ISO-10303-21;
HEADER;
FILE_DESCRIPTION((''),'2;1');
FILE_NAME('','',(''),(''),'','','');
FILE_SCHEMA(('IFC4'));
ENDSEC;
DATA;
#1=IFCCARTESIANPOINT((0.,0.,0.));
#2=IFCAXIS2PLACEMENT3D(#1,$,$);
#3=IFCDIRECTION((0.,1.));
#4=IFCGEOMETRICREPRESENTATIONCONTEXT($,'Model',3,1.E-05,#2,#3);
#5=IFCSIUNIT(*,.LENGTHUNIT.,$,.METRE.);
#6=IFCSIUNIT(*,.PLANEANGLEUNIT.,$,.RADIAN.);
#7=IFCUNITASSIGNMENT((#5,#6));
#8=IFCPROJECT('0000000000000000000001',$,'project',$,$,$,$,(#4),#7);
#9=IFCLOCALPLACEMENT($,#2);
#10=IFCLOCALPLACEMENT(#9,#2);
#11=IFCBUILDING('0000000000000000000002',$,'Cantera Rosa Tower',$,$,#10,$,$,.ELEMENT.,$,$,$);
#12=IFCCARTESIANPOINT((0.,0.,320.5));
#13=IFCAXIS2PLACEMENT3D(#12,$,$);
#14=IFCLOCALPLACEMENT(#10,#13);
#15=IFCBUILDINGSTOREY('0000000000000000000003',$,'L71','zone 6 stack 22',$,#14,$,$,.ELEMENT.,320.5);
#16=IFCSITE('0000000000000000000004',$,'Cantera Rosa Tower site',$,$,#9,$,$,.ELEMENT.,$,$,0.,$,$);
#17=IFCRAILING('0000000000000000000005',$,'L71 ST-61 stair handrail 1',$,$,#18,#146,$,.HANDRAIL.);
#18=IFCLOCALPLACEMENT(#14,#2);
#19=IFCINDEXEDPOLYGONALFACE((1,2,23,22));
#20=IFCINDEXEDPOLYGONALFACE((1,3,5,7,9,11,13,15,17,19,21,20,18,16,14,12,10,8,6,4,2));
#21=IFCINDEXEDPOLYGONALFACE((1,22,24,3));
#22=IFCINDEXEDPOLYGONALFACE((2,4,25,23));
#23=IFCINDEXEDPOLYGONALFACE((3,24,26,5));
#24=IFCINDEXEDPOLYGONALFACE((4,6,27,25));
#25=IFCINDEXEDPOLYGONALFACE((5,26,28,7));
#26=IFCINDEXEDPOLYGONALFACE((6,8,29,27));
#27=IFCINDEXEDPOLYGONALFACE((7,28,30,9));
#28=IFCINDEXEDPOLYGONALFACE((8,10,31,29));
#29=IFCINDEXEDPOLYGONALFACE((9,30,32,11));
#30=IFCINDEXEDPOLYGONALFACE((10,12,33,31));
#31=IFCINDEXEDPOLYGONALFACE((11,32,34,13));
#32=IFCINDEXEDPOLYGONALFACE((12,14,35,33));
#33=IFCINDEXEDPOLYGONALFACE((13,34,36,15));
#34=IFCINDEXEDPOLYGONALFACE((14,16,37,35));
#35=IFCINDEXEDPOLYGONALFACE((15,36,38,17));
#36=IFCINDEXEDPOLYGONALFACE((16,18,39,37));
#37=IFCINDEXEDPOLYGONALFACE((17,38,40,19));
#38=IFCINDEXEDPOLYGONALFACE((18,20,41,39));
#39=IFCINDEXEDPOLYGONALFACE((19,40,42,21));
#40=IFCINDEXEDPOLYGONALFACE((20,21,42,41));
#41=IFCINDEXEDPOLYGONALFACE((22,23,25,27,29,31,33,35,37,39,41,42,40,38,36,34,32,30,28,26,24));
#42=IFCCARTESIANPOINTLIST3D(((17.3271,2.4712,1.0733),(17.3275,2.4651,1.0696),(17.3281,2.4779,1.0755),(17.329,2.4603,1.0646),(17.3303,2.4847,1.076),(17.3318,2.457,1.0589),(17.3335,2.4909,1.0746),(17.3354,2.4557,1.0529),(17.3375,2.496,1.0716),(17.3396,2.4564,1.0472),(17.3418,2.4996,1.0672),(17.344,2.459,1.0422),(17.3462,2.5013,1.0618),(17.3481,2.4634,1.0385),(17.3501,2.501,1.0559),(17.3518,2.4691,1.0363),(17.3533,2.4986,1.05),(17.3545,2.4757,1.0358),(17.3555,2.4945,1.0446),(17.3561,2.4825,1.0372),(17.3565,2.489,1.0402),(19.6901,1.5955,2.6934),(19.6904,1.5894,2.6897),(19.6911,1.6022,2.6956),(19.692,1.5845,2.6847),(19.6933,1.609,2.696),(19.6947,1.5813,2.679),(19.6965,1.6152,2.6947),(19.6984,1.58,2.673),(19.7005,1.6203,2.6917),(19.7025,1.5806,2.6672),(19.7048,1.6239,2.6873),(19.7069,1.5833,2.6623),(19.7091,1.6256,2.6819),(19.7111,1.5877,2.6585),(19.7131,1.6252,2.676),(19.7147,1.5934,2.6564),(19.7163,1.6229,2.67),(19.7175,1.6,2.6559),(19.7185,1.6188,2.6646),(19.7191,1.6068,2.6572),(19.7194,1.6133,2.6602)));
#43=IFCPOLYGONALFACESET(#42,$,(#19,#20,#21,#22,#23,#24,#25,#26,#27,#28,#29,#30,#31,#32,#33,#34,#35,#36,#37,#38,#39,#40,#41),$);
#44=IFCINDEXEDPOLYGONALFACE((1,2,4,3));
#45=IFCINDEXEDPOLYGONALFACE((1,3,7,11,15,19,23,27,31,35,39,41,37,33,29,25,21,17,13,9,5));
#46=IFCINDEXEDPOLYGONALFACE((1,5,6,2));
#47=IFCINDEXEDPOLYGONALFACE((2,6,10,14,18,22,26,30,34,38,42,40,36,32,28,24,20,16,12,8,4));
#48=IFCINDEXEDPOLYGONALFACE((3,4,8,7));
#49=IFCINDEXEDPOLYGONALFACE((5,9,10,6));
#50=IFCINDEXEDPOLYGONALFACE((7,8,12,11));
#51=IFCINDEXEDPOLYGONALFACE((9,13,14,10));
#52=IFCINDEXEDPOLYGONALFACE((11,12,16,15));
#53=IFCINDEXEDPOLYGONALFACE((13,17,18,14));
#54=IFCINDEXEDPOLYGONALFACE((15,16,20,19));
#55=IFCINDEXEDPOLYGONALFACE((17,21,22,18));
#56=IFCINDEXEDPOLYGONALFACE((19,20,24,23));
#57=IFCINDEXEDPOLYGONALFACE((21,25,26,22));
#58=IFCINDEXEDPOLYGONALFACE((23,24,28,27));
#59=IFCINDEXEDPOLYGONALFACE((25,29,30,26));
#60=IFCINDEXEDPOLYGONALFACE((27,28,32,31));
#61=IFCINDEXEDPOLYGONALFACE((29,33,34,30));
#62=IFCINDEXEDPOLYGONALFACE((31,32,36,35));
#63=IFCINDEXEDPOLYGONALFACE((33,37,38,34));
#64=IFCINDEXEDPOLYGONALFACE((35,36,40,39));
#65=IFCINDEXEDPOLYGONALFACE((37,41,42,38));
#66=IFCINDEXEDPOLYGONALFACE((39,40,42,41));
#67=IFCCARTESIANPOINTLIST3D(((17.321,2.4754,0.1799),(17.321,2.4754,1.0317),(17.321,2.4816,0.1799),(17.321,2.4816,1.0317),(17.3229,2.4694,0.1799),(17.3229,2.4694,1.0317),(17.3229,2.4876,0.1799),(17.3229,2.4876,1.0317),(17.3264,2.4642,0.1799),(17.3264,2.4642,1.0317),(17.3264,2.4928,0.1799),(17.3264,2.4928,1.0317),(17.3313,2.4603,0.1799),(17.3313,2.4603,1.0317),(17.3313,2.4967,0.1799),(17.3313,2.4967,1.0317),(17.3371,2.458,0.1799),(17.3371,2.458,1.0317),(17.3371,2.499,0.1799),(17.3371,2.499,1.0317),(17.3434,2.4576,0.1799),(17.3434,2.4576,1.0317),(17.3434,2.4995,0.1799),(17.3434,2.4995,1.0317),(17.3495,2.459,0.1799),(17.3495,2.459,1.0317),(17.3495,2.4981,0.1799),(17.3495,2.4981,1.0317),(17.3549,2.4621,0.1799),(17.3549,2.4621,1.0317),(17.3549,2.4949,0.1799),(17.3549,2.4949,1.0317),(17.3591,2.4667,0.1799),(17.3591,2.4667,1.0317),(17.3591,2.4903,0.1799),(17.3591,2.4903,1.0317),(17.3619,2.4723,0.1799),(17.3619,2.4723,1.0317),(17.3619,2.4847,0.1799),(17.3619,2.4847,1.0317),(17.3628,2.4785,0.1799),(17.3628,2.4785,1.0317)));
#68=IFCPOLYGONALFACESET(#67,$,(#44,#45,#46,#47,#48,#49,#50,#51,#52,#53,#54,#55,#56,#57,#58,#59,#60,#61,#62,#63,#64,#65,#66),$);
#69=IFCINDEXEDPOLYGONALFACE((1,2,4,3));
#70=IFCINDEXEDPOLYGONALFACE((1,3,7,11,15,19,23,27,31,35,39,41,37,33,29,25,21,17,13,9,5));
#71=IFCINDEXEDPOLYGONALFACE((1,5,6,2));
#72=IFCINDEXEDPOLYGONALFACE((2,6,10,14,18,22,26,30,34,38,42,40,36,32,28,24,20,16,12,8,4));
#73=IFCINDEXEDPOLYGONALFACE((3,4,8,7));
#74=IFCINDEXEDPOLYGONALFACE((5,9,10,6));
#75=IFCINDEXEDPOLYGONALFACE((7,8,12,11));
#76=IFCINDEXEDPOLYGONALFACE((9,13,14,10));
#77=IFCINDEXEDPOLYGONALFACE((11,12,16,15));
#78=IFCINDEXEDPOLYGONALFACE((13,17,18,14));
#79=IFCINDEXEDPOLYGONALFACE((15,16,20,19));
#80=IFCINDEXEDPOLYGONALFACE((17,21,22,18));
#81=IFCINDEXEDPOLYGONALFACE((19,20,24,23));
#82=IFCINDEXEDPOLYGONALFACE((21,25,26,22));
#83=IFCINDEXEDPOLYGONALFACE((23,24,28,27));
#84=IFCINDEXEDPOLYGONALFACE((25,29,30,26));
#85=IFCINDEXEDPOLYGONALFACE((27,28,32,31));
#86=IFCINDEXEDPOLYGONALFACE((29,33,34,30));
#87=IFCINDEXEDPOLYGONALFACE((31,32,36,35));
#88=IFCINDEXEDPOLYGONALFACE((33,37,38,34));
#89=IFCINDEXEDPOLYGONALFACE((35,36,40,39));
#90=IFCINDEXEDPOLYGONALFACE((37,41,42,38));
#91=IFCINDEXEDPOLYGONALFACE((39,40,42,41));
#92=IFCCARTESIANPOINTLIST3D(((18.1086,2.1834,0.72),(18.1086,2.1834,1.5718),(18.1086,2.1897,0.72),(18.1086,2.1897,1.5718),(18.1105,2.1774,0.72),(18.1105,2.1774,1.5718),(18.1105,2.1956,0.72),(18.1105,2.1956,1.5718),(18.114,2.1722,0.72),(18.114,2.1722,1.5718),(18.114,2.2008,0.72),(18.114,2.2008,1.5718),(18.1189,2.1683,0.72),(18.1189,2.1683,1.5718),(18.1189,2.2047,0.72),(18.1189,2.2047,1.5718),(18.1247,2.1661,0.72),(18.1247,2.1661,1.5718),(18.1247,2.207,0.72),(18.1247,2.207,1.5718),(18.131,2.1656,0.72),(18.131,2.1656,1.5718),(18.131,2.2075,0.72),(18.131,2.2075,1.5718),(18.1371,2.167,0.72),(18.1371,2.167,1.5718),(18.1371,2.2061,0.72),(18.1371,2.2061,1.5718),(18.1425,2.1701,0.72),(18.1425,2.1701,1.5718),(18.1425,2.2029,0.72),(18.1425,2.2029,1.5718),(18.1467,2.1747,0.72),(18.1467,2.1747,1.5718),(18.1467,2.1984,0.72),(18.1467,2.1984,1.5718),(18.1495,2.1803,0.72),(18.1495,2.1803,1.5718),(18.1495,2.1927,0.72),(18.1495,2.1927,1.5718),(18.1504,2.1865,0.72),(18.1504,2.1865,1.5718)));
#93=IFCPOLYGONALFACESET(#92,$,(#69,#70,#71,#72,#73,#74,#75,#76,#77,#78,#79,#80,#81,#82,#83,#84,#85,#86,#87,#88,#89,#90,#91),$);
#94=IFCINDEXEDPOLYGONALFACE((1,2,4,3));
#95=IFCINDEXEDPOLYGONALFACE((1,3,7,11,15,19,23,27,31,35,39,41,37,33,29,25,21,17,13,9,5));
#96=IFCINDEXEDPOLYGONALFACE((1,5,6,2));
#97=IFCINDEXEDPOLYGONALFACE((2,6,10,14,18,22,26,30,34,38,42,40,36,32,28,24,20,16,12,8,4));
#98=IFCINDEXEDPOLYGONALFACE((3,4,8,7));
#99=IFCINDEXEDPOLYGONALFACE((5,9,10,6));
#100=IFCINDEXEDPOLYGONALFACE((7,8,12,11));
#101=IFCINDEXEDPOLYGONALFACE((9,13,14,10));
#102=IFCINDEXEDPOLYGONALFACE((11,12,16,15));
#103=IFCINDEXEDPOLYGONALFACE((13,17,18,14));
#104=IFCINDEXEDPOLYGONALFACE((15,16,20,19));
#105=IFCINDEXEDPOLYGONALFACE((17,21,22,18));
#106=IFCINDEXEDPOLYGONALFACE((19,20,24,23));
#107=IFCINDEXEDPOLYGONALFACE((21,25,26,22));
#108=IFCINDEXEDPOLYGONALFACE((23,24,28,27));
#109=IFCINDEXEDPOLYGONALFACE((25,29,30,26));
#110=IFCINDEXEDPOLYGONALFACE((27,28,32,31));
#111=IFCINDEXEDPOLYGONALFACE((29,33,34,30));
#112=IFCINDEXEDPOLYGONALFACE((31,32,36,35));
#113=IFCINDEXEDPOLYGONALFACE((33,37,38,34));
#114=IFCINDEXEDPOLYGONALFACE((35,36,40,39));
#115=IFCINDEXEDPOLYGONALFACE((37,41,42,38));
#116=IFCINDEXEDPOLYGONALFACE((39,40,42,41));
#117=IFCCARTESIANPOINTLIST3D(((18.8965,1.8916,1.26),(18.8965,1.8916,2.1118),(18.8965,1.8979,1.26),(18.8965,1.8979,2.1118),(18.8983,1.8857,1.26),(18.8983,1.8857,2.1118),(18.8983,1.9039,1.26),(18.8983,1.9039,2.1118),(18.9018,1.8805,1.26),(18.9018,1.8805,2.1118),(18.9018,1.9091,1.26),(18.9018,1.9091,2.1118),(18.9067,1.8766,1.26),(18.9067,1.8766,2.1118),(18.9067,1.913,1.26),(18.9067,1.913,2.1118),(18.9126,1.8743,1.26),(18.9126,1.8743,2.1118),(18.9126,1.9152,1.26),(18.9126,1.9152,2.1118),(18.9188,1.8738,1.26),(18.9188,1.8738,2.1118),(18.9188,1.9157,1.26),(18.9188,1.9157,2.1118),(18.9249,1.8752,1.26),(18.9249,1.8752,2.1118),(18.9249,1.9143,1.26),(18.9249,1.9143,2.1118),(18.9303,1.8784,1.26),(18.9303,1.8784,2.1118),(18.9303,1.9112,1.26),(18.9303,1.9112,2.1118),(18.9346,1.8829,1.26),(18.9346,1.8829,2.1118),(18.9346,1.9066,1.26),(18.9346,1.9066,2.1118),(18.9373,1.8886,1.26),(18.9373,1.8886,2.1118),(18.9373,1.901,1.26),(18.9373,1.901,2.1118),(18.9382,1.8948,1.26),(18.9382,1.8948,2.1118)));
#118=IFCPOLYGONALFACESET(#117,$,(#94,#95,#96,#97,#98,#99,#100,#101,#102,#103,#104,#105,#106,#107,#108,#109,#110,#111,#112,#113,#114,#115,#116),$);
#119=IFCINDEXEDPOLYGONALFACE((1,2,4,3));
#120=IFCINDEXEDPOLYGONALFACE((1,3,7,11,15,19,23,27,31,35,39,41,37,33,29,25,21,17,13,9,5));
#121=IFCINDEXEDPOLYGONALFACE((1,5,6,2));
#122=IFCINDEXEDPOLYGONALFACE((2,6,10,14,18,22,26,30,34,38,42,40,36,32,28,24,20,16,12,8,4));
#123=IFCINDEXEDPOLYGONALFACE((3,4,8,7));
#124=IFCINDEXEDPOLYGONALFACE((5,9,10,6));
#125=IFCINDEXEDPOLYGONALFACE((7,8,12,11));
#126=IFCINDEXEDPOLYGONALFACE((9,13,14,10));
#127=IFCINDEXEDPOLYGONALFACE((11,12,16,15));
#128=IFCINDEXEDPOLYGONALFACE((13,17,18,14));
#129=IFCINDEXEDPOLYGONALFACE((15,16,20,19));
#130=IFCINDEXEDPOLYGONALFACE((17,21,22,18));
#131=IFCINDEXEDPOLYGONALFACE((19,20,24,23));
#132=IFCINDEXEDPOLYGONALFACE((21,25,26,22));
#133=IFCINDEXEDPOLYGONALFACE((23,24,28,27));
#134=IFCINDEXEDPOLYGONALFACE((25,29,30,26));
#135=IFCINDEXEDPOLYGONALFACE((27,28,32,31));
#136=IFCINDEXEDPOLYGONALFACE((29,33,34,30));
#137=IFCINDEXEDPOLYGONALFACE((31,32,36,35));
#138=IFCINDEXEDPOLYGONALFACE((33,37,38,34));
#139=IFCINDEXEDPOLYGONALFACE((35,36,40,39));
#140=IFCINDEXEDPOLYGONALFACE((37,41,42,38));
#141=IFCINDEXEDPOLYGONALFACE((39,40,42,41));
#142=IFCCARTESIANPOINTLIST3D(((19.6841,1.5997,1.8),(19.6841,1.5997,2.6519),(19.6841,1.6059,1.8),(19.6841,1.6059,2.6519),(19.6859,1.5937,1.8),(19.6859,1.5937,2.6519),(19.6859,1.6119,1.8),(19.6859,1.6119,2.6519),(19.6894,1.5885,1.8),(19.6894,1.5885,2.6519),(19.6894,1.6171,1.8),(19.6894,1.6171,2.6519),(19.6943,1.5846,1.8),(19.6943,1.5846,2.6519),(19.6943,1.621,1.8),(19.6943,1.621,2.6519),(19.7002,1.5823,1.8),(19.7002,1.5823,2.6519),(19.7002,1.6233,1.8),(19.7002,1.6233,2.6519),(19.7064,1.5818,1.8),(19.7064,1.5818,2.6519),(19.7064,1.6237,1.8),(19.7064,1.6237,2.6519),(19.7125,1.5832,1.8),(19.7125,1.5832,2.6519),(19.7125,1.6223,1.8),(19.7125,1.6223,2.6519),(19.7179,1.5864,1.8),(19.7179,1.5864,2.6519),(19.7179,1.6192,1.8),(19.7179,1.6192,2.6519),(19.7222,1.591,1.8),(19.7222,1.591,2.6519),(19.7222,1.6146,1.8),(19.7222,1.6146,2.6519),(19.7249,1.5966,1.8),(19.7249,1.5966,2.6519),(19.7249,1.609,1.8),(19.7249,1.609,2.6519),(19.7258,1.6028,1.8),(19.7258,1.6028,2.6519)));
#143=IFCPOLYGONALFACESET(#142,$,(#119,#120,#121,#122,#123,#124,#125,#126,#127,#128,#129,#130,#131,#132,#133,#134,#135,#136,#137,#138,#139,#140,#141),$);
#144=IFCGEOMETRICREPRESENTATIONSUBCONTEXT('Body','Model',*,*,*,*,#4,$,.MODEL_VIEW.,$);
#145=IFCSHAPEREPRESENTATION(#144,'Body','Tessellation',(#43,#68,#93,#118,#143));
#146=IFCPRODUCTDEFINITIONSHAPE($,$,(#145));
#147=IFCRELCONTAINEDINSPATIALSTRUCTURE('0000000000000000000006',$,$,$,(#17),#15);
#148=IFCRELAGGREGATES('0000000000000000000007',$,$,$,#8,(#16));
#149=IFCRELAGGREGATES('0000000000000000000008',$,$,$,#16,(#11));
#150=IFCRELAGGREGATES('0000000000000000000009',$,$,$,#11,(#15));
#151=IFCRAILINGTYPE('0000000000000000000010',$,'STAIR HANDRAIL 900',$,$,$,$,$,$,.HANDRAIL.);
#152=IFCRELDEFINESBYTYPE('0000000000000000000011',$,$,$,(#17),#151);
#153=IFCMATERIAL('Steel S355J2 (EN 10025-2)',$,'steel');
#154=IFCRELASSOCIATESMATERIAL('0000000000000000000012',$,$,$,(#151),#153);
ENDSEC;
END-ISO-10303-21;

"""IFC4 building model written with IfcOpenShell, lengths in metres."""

from ifc_helpers import new_model, si_unit, direction, frame, origin, origin_2d, place, context, subcontext, project, spatial, circle, extrude, material, type_object, element, save


model = new_model("IFC4")

# Units and contexts
model_context = context("Model", 3, precision=1e-05, world=origin(), true_north=direction((0.0, 1.0)))
body_context = subcontext(model_context, "Body", "Model", "MODEL_VIEW")
ifc_project = project(units=[si_unit("LENGTHUNIT", "METRE"), si_unit("PLANEANGLEUNIT", "RADIAN")], contexts=[model_context])

# Site, building, storey
site_placement = place(None, origin())
site = spatial("IfcSite", under=ifc_project, at=site_placement, Name="Cantera Rosa Tower site", CompositionType="ELEMENT", RefElevation=0.0)
building_placement = place(site_placement, origin())
building = spatial("IfcBuilding", under=site, at=building_placement, Name="Cantera Rosa Tower", CompositionType="ELEMENT")
storey_placement = place(building_placement, frame((0.0, 0.0, 320.5)))
storey = spatial("IfcBuildingStorey", under=building, at=storey_placement, Name="L71", Description="zone 6 stack 22", CompositionType="ELEMENT", Elevation=320.5)

# Railing
ifc_material_1 = material(Name="Steel S355J2 (EN 10025-2)", Category="steel")
railing_type_1 = type_object("IfcRailingType", Name="STAIR HANDRAIL 900", PredefinedType="HANDRAIL", material=ifc_material_1)
railing_1_placement = place(storey_placement, frame((17.3418, 2.4785, 0.1799)))
element("IfcRailing", 1, at=railing_1_placement, inside=storey, type_object=railing_type_1, Name="L71 ST-61 stair handrail 1", PredefinedType="HANDRAIL", context=body_context, shape_type="SweptSolid", body=[
    extrude(circle(Radius=0.0239, at=origin_2d()), frame((0.0, 0.0, 0.876), z_axis=(0.788748, -0.292307, 0.540772), x_axis=(0.347501, 0.93768, 0.0)), (0.0, 0.0, 1.0), 2.9958),
    extrude(circle(Radius=0.021, at=origin_2d()), origin(), (0.0, 0.0, 1.0), 0.8518),
    extrude(circle(Radius=0.021, at=origin_2d()), frame((0.7876, -0.292, 0.54)), (0.0, 0.0, 1.0), 0.8518),
    extrude(circle(Radius=0.021, at=origin_2d()), frame((1.5754, -0.5837, 1.0801)), (0.0, 0.0, 1.0), 0.8518),
    extrude(circle(Radius=0.021, at=origin_2d()), frame((2.363, -0.8757, 1.6201)), (0.0, 0.0, 1.0), 0.8518),
])

save(model, "model.ifc")
